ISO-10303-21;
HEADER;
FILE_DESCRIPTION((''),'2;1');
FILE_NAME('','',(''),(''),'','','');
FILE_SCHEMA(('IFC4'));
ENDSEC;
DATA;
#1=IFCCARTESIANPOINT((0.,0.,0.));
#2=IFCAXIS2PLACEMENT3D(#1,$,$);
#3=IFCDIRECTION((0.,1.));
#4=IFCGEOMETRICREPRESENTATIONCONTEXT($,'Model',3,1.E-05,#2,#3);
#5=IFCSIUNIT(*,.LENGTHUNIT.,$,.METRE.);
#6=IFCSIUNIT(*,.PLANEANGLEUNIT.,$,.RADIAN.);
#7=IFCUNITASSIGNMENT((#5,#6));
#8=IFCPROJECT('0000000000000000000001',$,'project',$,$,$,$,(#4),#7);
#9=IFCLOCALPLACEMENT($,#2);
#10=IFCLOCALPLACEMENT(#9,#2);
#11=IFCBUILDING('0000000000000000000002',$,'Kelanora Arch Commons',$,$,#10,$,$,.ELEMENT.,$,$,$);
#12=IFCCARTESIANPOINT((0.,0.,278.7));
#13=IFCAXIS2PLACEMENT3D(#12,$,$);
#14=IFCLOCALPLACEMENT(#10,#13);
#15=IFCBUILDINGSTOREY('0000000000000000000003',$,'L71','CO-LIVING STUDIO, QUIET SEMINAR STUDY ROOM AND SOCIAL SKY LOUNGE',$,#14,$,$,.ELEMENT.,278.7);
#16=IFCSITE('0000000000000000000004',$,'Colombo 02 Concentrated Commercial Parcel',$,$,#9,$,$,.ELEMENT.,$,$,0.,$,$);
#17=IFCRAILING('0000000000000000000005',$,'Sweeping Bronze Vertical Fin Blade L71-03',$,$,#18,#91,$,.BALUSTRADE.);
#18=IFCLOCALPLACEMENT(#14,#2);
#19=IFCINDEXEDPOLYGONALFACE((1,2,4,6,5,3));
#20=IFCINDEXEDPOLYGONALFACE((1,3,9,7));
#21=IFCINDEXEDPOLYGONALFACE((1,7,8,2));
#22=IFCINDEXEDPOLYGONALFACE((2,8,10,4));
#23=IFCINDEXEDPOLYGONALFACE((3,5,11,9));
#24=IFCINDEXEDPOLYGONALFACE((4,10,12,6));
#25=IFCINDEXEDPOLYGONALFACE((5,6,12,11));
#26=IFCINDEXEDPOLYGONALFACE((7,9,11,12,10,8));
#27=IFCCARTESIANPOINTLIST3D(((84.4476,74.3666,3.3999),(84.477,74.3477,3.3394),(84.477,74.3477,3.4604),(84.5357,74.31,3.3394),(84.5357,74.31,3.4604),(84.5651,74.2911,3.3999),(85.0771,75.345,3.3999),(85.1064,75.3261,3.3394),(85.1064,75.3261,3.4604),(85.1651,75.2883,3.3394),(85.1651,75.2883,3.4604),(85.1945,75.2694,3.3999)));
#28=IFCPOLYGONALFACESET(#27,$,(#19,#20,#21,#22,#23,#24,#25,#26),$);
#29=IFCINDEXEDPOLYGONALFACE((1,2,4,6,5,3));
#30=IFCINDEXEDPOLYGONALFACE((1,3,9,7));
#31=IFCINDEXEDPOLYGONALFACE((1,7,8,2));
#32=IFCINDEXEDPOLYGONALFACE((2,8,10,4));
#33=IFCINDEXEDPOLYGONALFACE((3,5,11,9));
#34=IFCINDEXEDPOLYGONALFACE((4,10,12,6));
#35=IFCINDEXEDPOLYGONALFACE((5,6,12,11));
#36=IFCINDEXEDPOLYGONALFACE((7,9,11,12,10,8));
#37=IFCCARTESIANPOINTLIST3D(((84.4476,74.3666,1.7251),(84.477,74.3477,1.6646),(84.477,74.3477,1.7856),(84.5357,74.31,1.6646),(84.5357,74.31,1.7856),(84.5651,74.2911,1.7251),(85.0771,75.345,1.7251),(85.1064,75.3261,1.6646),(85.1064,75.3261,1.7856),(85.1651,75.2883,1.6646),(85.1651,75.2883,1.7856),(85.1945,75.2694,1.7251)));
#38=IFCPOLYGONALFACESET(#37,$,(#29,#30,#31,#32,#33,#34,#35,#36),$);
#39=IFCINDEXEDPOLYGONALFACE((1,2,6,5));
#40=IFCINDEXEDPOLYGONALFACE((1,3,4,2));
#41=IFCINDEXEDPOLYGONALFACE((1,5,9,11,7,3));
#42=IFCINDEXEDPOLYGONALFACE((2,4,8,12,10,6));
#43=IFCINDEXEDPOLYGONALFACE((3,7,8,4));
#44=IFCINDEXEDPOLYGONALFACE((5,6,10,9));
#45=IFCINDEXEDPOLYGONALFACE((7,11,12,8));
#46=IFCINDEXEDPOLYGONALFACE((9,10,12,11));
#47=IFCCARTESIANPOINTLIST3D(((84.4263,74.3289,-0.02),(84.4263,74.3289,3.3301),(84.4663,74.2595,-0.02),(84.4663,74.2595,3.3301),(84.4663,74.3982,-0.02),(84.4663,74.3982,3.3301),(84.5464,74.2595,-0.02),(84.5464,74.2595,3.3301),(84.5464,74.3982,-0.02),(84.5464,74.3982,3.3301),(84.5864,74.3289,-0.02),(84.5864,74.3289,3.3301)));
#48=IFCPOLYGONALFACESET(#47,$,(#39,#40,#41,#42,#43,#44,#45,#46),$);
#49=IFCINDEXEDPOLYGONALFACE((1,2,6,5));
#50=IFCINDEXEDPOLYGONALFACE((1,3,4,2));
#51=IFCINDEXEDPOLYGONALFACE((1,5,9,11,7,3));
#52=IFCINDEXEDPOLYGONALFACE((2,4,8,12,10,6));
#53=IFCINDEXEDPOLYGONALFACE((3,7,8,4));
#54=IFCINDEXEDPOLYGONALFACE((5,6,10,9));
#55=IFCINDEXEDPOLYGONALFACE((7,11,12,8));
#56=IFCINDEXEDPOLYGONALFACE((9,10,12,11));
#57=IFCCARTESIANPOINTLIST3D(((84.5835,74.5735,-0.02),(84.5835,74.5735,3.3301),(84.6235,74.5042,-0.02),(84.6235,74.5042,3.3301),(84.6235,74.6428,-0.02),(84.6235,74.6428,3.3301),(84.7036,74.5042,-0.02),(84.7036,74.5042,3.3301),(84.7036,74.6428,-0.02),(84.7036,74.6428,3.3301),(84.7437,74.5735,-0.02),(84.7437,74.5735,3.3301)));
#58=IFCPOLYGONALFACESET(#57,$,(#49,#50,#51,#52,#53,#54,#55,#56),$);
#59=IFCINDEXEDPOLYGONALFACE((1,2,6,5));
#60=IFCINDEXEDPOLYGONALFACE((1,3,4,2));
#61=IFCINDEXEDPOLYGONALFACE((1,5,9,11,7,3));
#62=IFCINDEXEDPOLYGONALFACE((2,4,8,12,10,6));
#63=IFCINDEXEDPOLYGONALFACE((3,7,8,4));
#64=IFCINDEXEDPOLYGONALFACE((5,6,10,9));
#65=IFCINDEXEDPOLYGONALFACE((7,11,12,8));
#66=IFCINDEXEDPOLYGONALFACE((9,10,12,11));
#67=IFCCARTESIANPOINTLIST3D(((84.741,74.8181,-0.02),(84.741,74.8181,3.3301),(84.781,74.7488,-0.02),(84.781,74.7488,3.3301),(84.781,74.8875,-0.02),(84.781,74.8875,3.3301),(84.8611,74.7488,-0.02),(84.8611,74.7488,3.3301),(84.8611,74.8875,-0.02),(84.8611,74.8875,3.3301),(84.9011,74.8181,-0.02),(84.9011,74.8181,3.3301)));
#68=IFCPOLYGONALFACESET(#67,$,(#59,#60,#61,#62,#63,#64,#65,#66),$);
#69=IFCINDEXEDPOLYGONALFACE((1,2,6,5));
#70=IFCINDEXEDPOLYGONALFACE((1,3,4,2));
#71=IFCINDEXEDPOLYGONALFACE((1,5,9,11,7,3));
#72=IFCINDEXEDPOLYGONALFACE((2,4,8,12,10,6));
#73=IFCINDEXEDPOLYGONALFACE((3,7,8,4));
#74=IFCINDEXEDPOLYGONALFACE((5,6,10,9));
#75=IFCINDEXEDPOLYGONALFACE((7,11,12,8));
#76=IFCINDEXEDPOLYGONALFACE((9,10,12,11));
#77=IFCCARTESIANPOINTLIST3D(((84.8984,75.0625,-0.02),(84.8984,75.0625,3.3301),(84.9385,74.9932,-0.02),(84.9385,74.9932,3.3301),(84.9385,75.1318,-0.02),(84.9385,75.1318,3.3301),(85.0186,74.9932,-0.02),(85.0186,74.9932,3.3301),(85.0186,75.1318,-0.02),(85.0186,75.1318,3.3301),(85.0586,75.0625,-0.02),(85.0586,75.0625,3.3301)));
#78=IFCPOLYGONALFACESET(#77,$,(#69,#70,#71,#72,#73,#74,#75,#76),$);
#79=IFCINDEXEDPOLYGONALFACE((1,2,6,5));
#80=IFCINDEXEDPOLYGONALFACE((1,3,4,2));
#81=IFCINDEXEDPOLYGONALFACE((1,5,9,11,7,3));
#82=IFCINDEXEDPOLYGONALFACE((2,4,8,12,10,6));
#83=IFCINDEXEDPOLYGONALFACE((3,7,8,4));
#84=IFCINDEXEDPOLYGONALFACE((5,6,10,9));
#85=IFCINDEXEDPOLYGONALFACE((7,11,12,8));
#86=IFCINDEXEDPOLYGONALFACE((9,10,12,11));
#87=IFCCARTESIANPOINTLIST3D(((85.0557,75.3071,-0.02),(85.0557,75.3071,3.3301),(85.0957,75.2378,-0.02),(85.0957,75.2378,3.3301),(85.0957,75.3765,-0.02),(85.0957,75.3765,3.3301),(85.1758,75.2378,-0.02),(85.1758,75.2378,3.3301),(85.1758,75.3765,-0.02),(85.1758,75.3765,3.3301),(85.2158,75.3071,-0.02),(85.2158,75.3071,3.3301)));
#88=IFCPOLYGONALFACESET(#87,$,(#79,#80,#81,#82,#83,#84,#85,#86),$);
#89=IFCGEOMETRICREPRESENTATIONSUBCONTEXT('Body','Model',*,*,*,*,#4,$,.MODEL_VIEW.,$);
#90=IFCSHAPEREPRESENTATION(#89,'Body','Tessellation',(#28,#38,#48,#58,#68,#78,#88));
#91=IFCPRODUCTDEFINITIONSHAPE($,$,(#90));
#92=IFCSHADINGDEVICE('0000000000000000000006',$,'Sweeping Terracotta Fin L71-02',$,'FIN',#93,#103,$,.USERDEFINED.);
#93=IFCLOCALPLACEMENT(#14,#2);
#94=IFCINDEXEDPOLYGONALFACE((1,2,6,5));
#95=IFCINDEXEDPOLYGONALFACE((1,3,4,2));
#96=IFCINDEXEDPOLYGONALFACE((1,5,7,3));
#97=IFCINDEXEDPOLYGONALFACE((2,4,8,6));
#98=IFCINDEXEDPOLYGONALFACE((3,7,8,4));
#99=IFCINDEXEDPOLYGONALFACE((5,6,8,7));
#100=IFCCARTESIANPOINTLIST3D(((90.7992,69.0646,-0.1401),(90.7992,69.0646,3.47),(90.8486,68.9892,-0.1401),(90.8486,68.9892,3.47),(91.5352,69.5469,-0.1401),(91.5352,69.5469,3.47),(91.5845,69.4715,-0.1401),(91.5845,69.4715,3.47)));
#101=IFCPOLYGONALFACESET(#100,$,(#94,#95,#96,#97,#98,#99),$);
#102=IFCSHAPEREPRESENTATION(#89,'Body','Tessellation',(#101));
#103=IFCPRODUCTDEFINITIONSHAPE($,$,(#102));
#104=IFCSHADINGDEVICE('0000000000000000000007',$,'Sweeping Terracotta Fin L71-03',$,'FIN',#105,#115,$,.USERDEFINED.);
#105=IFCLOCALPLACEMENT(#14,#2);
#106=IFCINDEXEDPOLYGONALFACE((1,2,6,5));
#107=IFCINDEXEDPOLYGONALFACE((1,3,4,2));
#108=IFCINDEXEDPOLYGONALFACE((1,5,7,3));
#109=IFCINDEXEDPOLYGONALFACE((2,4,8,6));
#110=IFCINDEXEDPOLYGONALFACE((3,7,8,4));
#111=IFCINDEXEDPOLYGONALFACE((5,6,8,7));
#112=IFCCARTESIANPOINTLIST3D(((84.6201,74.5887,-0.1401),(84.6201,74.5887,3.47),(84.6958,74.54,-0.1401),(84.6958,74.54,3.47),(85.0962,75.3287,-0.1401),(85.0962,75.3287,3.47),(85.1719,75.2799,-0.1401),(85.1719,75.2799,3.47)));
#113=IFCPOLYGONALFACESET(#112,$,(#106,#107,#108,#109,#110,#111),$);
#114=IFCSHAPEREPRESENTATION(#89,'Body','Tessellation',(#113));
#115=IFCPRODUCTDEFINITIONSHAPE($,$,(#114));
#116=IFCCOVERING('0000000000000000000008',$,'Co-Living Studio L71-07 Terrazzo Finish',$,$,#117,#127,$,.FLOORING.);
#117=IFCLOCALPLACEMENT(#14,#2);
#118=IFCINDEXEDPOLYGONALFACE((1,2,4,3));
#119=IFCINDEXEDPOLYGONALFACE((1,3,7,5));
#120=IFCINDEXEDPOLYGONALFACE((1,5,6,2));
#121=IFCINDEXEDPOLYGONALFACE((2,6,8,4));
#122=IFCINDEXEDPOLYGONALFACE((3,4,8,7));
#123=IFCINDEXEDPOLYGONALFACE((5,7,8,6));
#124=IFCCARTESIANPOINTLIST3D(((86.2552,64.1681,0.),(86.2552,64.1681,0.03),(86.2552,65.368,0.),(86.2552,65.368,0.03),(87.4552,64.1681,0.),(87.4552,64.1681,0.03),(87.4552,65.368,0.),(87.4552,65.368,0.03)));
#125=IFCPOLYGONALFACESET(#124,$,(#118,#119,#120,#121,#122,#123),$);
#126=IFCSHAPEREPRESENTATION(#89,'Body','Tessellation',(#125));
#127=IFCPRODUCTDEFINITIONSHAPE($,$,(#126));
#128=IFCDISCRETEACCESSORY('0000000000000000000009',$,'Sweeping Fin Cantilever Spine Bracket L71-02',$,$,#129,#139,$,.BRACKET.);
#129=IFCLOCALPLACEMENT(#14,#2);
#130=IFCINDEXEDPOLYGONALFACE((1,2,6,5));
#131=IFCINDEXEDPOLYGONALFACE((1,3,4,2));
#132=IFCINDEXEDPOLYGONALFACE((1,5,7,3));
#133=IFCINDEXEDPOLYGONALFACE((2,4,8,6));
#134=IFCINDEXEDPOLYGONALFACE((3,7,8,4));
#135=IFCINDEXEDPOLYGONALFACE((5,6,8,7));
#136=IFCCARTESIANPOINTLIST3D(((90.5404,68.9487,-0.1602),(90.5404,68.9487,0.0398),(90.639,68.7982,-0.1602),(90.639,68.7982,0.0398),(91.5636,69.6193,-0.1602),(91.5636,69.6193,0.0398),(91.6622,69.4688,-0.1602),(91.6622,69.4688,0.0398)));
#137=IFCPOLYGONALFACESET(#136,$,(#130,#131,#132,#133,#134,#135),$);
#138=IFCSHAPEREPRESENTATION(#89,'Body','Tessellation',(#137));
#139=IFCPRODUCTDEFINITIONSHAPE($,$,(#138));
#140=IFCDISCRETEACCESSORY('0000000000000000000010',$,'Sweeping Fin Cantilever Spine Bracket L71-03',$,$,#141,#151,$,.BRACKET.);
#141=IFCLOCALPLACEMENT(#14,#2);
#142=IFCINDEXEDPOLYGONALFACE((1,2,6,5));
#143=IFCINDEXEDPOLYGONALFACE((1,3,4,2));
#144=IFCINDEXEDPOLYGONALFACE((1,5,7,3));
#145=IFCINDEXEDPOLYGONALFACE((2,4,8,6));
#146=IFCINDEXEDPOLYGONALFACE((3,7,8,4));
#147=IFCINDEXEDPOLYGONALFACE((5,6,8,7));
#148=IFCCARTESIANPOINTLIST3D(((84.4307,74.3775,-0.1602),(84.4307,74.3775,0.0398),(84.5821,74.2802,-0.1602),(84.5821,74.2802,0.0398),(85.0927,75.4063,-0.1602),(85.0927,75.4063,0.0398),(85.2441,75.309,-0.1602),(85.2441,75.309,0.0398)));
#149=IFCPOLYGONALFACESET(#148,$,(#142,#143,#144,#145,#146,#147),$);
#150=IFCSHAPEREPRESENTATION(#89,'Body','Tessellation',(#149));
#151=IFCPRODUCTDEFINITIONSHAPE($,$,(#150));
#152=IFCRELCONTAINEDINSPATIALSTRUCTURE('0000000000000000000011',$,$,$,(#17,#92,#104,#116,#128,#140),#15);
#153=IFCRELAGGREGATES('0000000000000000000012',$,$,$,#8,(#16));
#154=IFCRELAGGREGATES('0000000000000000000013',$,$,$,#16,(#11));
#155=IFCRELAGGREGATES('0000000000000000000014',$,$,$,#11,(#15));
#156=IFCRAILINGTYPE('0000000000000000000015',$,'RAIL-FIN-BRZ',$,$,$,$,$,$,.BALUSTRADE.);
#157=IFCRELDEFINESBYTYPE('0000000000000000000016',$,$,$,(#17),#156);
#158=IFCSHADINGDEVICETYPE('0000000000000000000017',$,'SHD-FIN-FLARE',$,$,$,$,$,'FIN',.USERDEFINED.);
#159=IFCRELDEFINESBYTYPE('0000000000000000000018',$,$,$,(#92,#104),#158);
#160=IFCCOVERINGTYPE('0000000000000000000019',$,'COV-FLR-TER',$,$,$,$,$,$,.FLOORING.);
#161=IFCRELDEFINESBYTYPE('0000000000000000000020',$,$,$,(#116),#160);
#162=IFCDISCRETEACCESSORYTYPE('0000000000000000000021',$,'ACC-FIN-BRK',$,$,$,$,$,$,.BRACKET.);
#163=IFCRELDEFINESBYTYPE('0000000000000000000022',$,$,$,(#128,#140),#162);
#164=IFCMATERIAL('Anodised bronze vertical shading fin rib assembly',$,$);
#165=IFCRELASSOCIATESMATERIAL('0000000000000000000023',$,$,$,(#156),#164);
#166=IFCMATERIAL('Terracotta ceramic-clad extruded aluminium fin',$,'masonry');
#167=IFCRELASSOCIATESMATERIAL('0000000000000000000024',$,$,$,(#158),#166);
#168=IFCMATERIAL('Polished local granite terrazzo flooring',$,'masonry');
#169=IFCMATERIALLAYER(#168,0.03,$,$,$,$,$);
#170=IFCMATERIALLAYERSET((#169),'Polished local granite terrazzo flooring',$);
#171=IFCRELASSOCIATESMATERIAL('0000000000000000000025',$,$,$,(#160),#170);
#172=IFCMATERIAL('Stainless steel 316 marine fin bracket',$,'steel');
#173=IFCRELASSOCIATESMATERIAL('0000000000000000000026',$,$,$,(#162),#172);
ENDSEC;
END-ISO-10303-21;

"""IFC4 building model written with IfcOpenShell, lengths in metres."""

from ifc_helpers import new_model, si_unit, direction, frame, origin, origin_2d, place, context, subcontext, project, spatial, polyline, rectangle, outline, extrude, source, transform, mapped, material, layer, layer_set, type_object, element, save


model = new_model("IFC4")

# Units and contexts
model_context = context("Model", 3, precision=1e-05, world=origin(), true_north=direction((0.0, 1.0)))
body_context = subcontext(model_context, "Body", "Model", "MODEL_VIEW")
ifc_project = project(units=[si_unit("LENGTHUNIT", "METRE"), si_unit("PLANEANGLEUNIT", "RADIAN")], contexts=[model_context])

# Site, building, storey
site_placement = place(None, origin())
site = spatial("IfcSite", under=ifc_project, at=site_placement, Name="Colombo 02 Concentrated Commercial Parcel", CompositionType="ELEMENT", RefElevation=0.0)
building_placement = place(site_placement, origin())
building = spatial("IfcBuilding", under=site, at=building_placement, Name="Kelanora Arch Commons", CompositionType="ELEMENT")
storey_placement = place(building_placement, frame((0.0, 0.0, 278.7)))
storey = spatial("IfcBuildingStorey", under=building, at=storey_placement, Name="L71", Description="CO-LIVING STUDIO, QUIET SEMINAR STUDY ROOM AND SOCIAL SKY LOUNGE", CompositionType="ELEMENT", Elevation=278.7)

# Railing
ifc_material_1 = material(Name="Anodised bronze vertical shading fin rib assembly")
railing_type = type_object("IfcRailingType", Name="RAIL-FIN-BRZ", PredefinedType="BALUSTRADE", material=ifc_material_1)
railing_1_placement = place(storey_placement, frame((84.5063, 74.3289, -0.02)))
element("IfcRailing", 1, at=railing_1_placement, inside=storey, type_object=railing_type, Name="Sweeping Bronze Vertical Fin Blade L71-03", PredefinedType="BALUSTRADE", context=body_context, shape_type="SweptSolid", body=[
    extrude(outline(polyline([(0.0698, 0.0), (0.0349, 0.0605), (-0.0349, 0.0605), (-0.0698, 0.0), (-0.0349, -0.0605), (0.0349, -0.0605), (0.0698, 0.0)])), frame((0.0, 0.0, 3.4199), z_axis=(0.541065, 0.840981, 0.0), x_axis=(-0.840981, 0.541065, 0.0)), (0.0, 0.0, 1.0), 1.1633),
    extrude(outline(polyline([(0.0698, 0.0), (0.0349, 0.0605), (-0.0349, 0.0605), (-0.0698, 0.0), (-0.0349, -0.0605), (0.0349, -0.0605), (0.0698, 0.0)])), frame((0.0, 0.0, 1.7451), z_axis=(0.541065, 0.840981, 0.0), x_axis=(-0.840981, 0.541065, 0.0)), (0.0, 0.0, 1.0), 1.1633),
    extrude(outline(polyline([(0.0801, 0.0), (0.04, 0.0693), (-0.04, 0.0693), (-0.0801, 0.0), (-0.04, -0.0693), (0.04, -0.0693), (0.0801, 0.0)])), origin(), (0.0, 0.0, 1.0), 3.3501),
    extrude(outline(polyline([(0.0801, 0.0), (0.04, 0.0693), (-0.04, 0.0693), (-0.0801, 0.0), (-0.04, -0.0693), (0.04, -0.0693), (0.0801, 0.0)])), frame((0.1572, 0.2446, 0.0)), (0.0, 0.0, 1.0), 3.3501),
    extrude(outline(polyline([(0.0801, 0.0), (0.04, 0.0693), (-0.04, 0.0693), (-0.0801, 0.0), (-0.04, -0.0693), (0.04, -0.0693), (0.0801, 0.0)])), frame((0.3147, 0.4893, 0.0)), (0.0, 0.0, 1.0), 3.3501),
    extrude(outline(polyline([(0.0801, 0.0), (0.04, 0.0693), (-0.04, 0.0693), (-0.0801, 0.0), (-0.04, -0.0693), (0.04, -0.0693), (0.0801, 0.0)])), frame((0.4722, 0.7336, 0.0)), (0.0, 0.0, 1.0), 3.3501),
    extrude(outline(polyline([(0.0801, 0.0), (0.04, 0.0693), (-0.04, 0.0693), (-0.0801, 0.0), (-0.04, -0.0693), (0.04, -0.0693), (0.0801, 0.0)])), frame((0.6294, 0.9783, 0.0)), (0.0, 0.0, 1.0), 3.3501),
])

# Shading devices
ifc_material_2 = material(Name="Terracotta ceramic-clad extruded aluminium fin", Category="masonry")
shading_device_type = type_object("IfcShadingDeviceType", Name="SHD-FIN-FLARE", ElementType="FIN", PredefinedType="USERDEFINED", material=ifc_material_2)
shared_shape_1 = source(origin(), body_context, "Body", "SweptSolid", [
    extrude(rectangle(XDim=0.8799, YDim=0.0901, at=origin_2d()), origin(), (0.0, 0.0, 1.0), 3.6101),
])
for number, where, z_axis, x_axis, name in (
    (2, (91.1919, 69.2681, -0.1401), (0.0, 0.0, 1.0), (0.836382, 0.548147, 0.0), "Sweeping Terracotta Fin L71-02"),
    (3, (84.896, 74.9343, -0.1401), (0.0, 0.0, 1.0), (0.541121, 0.840945, 0.0), "Sweeping Terracotta Fin L71-03"),
):
    element("IfcShadingDevice", number, at=place(storey_placement, frame(where, z_axis=z_axis, x_axis=x_axis)), inside=storey, type_object=shading_device_type, Name=name, ObjectType="FIN", PredefinedType="USERDEFINED", context=body_context, shape_type="MappedRepresentation", body=[
        mapped(shared_shape_1, transform((0.0, 0.0, 0.0), scale=1.0)),
    ])

# Covering
ifc_material_3 = material(Name="Polished local granite terrazzo flooring", Category="masonry")
ifc_layer_1 = layer(ifc_material_3, 0.03)
ifc_layer_set_1 = layer_set([ifc_layer_1], Name="Polished local granite terrazzo flooring")
covering_type = type_object("IfcCoveringType", Name="COV-FLR-TER", PredefinedType="FLOORING", material=ifc_layer_set_1)
shared_shape_2 = source(origin(), body_context, "Body", "SweptSolid", [
    extrude(rectangle(XDim=1.2, YDim=1.2, at=origin_2d()), origin(), (0.0, 0.0, 1.0), 0.03),
])
covering_placement = place(storey_placement, frame((86.8552, 64.7681, 0.0), z_axis=(0.0, 0.0, 1.0), x_axis=(1.0, 0.0, 0.0)))
element("IfcCovering", 4, at=covering_placement, inside=storey, type_object=covering_type, Name="Co-Living Studio L71-07 Terrazzo Finish", PredefinedType="FLOORING", context=body_context, shape_type="MappedRepresentation", body=[
    mapped(shared_shape_2, transform((0.0, 0.0, 0.0), scale=1.0)),
])

# Discrete accessories
ifc_material_4 = material(Name="Stainless steel 316 marine fin bracket", Category="steel")
discrete_accessory_type = type_object("IfcDiscreteAccessoryType", Name="ACC-FIN-BRK", PredefinedType="BRACKET", material=ifc_material_4)
shared_shape_3 = source(origin(), body_context, "Body", "SweptSolid", [
    extrude(rectangle(XDim=1.2234, YDim=0.1799, at=origin_2d()), origin(), (0.0, 0.0, 1.0), 0.2),
])
for number, where, z_axis, x_axis, name in (
    (5, (91.1013, 69.2087, -0.1602), (0.0, 0.0, 1.0), (0.836382, 0.548147, 0.0), "Sweeping Fin Cantilever Spine Bracket L71-02"),
    (6, (84.8374, 74.8433, -0.1602), (0.0, 0.0, 1.0), (0.541121, 0.840945, 0.0), "Sweeping Fin Cantilever Spine Bracket L71-03"),
):
    element("IfcDiscreteAccessory", number, at=place(storey_placement, frame(where, z_axis=z_axis, x_axis=x_axis)), inside=storey, type_object=discrete_accessory_type, Name=name, PredefinedType="BRACKET", context=body_context, shape_type="MappedRepresentation", body=[
        mapped(shared_shape_3, transform((0.0, 0.0, 0.0), scale=1.0)),
    ])

save(model, "model.ifc")
